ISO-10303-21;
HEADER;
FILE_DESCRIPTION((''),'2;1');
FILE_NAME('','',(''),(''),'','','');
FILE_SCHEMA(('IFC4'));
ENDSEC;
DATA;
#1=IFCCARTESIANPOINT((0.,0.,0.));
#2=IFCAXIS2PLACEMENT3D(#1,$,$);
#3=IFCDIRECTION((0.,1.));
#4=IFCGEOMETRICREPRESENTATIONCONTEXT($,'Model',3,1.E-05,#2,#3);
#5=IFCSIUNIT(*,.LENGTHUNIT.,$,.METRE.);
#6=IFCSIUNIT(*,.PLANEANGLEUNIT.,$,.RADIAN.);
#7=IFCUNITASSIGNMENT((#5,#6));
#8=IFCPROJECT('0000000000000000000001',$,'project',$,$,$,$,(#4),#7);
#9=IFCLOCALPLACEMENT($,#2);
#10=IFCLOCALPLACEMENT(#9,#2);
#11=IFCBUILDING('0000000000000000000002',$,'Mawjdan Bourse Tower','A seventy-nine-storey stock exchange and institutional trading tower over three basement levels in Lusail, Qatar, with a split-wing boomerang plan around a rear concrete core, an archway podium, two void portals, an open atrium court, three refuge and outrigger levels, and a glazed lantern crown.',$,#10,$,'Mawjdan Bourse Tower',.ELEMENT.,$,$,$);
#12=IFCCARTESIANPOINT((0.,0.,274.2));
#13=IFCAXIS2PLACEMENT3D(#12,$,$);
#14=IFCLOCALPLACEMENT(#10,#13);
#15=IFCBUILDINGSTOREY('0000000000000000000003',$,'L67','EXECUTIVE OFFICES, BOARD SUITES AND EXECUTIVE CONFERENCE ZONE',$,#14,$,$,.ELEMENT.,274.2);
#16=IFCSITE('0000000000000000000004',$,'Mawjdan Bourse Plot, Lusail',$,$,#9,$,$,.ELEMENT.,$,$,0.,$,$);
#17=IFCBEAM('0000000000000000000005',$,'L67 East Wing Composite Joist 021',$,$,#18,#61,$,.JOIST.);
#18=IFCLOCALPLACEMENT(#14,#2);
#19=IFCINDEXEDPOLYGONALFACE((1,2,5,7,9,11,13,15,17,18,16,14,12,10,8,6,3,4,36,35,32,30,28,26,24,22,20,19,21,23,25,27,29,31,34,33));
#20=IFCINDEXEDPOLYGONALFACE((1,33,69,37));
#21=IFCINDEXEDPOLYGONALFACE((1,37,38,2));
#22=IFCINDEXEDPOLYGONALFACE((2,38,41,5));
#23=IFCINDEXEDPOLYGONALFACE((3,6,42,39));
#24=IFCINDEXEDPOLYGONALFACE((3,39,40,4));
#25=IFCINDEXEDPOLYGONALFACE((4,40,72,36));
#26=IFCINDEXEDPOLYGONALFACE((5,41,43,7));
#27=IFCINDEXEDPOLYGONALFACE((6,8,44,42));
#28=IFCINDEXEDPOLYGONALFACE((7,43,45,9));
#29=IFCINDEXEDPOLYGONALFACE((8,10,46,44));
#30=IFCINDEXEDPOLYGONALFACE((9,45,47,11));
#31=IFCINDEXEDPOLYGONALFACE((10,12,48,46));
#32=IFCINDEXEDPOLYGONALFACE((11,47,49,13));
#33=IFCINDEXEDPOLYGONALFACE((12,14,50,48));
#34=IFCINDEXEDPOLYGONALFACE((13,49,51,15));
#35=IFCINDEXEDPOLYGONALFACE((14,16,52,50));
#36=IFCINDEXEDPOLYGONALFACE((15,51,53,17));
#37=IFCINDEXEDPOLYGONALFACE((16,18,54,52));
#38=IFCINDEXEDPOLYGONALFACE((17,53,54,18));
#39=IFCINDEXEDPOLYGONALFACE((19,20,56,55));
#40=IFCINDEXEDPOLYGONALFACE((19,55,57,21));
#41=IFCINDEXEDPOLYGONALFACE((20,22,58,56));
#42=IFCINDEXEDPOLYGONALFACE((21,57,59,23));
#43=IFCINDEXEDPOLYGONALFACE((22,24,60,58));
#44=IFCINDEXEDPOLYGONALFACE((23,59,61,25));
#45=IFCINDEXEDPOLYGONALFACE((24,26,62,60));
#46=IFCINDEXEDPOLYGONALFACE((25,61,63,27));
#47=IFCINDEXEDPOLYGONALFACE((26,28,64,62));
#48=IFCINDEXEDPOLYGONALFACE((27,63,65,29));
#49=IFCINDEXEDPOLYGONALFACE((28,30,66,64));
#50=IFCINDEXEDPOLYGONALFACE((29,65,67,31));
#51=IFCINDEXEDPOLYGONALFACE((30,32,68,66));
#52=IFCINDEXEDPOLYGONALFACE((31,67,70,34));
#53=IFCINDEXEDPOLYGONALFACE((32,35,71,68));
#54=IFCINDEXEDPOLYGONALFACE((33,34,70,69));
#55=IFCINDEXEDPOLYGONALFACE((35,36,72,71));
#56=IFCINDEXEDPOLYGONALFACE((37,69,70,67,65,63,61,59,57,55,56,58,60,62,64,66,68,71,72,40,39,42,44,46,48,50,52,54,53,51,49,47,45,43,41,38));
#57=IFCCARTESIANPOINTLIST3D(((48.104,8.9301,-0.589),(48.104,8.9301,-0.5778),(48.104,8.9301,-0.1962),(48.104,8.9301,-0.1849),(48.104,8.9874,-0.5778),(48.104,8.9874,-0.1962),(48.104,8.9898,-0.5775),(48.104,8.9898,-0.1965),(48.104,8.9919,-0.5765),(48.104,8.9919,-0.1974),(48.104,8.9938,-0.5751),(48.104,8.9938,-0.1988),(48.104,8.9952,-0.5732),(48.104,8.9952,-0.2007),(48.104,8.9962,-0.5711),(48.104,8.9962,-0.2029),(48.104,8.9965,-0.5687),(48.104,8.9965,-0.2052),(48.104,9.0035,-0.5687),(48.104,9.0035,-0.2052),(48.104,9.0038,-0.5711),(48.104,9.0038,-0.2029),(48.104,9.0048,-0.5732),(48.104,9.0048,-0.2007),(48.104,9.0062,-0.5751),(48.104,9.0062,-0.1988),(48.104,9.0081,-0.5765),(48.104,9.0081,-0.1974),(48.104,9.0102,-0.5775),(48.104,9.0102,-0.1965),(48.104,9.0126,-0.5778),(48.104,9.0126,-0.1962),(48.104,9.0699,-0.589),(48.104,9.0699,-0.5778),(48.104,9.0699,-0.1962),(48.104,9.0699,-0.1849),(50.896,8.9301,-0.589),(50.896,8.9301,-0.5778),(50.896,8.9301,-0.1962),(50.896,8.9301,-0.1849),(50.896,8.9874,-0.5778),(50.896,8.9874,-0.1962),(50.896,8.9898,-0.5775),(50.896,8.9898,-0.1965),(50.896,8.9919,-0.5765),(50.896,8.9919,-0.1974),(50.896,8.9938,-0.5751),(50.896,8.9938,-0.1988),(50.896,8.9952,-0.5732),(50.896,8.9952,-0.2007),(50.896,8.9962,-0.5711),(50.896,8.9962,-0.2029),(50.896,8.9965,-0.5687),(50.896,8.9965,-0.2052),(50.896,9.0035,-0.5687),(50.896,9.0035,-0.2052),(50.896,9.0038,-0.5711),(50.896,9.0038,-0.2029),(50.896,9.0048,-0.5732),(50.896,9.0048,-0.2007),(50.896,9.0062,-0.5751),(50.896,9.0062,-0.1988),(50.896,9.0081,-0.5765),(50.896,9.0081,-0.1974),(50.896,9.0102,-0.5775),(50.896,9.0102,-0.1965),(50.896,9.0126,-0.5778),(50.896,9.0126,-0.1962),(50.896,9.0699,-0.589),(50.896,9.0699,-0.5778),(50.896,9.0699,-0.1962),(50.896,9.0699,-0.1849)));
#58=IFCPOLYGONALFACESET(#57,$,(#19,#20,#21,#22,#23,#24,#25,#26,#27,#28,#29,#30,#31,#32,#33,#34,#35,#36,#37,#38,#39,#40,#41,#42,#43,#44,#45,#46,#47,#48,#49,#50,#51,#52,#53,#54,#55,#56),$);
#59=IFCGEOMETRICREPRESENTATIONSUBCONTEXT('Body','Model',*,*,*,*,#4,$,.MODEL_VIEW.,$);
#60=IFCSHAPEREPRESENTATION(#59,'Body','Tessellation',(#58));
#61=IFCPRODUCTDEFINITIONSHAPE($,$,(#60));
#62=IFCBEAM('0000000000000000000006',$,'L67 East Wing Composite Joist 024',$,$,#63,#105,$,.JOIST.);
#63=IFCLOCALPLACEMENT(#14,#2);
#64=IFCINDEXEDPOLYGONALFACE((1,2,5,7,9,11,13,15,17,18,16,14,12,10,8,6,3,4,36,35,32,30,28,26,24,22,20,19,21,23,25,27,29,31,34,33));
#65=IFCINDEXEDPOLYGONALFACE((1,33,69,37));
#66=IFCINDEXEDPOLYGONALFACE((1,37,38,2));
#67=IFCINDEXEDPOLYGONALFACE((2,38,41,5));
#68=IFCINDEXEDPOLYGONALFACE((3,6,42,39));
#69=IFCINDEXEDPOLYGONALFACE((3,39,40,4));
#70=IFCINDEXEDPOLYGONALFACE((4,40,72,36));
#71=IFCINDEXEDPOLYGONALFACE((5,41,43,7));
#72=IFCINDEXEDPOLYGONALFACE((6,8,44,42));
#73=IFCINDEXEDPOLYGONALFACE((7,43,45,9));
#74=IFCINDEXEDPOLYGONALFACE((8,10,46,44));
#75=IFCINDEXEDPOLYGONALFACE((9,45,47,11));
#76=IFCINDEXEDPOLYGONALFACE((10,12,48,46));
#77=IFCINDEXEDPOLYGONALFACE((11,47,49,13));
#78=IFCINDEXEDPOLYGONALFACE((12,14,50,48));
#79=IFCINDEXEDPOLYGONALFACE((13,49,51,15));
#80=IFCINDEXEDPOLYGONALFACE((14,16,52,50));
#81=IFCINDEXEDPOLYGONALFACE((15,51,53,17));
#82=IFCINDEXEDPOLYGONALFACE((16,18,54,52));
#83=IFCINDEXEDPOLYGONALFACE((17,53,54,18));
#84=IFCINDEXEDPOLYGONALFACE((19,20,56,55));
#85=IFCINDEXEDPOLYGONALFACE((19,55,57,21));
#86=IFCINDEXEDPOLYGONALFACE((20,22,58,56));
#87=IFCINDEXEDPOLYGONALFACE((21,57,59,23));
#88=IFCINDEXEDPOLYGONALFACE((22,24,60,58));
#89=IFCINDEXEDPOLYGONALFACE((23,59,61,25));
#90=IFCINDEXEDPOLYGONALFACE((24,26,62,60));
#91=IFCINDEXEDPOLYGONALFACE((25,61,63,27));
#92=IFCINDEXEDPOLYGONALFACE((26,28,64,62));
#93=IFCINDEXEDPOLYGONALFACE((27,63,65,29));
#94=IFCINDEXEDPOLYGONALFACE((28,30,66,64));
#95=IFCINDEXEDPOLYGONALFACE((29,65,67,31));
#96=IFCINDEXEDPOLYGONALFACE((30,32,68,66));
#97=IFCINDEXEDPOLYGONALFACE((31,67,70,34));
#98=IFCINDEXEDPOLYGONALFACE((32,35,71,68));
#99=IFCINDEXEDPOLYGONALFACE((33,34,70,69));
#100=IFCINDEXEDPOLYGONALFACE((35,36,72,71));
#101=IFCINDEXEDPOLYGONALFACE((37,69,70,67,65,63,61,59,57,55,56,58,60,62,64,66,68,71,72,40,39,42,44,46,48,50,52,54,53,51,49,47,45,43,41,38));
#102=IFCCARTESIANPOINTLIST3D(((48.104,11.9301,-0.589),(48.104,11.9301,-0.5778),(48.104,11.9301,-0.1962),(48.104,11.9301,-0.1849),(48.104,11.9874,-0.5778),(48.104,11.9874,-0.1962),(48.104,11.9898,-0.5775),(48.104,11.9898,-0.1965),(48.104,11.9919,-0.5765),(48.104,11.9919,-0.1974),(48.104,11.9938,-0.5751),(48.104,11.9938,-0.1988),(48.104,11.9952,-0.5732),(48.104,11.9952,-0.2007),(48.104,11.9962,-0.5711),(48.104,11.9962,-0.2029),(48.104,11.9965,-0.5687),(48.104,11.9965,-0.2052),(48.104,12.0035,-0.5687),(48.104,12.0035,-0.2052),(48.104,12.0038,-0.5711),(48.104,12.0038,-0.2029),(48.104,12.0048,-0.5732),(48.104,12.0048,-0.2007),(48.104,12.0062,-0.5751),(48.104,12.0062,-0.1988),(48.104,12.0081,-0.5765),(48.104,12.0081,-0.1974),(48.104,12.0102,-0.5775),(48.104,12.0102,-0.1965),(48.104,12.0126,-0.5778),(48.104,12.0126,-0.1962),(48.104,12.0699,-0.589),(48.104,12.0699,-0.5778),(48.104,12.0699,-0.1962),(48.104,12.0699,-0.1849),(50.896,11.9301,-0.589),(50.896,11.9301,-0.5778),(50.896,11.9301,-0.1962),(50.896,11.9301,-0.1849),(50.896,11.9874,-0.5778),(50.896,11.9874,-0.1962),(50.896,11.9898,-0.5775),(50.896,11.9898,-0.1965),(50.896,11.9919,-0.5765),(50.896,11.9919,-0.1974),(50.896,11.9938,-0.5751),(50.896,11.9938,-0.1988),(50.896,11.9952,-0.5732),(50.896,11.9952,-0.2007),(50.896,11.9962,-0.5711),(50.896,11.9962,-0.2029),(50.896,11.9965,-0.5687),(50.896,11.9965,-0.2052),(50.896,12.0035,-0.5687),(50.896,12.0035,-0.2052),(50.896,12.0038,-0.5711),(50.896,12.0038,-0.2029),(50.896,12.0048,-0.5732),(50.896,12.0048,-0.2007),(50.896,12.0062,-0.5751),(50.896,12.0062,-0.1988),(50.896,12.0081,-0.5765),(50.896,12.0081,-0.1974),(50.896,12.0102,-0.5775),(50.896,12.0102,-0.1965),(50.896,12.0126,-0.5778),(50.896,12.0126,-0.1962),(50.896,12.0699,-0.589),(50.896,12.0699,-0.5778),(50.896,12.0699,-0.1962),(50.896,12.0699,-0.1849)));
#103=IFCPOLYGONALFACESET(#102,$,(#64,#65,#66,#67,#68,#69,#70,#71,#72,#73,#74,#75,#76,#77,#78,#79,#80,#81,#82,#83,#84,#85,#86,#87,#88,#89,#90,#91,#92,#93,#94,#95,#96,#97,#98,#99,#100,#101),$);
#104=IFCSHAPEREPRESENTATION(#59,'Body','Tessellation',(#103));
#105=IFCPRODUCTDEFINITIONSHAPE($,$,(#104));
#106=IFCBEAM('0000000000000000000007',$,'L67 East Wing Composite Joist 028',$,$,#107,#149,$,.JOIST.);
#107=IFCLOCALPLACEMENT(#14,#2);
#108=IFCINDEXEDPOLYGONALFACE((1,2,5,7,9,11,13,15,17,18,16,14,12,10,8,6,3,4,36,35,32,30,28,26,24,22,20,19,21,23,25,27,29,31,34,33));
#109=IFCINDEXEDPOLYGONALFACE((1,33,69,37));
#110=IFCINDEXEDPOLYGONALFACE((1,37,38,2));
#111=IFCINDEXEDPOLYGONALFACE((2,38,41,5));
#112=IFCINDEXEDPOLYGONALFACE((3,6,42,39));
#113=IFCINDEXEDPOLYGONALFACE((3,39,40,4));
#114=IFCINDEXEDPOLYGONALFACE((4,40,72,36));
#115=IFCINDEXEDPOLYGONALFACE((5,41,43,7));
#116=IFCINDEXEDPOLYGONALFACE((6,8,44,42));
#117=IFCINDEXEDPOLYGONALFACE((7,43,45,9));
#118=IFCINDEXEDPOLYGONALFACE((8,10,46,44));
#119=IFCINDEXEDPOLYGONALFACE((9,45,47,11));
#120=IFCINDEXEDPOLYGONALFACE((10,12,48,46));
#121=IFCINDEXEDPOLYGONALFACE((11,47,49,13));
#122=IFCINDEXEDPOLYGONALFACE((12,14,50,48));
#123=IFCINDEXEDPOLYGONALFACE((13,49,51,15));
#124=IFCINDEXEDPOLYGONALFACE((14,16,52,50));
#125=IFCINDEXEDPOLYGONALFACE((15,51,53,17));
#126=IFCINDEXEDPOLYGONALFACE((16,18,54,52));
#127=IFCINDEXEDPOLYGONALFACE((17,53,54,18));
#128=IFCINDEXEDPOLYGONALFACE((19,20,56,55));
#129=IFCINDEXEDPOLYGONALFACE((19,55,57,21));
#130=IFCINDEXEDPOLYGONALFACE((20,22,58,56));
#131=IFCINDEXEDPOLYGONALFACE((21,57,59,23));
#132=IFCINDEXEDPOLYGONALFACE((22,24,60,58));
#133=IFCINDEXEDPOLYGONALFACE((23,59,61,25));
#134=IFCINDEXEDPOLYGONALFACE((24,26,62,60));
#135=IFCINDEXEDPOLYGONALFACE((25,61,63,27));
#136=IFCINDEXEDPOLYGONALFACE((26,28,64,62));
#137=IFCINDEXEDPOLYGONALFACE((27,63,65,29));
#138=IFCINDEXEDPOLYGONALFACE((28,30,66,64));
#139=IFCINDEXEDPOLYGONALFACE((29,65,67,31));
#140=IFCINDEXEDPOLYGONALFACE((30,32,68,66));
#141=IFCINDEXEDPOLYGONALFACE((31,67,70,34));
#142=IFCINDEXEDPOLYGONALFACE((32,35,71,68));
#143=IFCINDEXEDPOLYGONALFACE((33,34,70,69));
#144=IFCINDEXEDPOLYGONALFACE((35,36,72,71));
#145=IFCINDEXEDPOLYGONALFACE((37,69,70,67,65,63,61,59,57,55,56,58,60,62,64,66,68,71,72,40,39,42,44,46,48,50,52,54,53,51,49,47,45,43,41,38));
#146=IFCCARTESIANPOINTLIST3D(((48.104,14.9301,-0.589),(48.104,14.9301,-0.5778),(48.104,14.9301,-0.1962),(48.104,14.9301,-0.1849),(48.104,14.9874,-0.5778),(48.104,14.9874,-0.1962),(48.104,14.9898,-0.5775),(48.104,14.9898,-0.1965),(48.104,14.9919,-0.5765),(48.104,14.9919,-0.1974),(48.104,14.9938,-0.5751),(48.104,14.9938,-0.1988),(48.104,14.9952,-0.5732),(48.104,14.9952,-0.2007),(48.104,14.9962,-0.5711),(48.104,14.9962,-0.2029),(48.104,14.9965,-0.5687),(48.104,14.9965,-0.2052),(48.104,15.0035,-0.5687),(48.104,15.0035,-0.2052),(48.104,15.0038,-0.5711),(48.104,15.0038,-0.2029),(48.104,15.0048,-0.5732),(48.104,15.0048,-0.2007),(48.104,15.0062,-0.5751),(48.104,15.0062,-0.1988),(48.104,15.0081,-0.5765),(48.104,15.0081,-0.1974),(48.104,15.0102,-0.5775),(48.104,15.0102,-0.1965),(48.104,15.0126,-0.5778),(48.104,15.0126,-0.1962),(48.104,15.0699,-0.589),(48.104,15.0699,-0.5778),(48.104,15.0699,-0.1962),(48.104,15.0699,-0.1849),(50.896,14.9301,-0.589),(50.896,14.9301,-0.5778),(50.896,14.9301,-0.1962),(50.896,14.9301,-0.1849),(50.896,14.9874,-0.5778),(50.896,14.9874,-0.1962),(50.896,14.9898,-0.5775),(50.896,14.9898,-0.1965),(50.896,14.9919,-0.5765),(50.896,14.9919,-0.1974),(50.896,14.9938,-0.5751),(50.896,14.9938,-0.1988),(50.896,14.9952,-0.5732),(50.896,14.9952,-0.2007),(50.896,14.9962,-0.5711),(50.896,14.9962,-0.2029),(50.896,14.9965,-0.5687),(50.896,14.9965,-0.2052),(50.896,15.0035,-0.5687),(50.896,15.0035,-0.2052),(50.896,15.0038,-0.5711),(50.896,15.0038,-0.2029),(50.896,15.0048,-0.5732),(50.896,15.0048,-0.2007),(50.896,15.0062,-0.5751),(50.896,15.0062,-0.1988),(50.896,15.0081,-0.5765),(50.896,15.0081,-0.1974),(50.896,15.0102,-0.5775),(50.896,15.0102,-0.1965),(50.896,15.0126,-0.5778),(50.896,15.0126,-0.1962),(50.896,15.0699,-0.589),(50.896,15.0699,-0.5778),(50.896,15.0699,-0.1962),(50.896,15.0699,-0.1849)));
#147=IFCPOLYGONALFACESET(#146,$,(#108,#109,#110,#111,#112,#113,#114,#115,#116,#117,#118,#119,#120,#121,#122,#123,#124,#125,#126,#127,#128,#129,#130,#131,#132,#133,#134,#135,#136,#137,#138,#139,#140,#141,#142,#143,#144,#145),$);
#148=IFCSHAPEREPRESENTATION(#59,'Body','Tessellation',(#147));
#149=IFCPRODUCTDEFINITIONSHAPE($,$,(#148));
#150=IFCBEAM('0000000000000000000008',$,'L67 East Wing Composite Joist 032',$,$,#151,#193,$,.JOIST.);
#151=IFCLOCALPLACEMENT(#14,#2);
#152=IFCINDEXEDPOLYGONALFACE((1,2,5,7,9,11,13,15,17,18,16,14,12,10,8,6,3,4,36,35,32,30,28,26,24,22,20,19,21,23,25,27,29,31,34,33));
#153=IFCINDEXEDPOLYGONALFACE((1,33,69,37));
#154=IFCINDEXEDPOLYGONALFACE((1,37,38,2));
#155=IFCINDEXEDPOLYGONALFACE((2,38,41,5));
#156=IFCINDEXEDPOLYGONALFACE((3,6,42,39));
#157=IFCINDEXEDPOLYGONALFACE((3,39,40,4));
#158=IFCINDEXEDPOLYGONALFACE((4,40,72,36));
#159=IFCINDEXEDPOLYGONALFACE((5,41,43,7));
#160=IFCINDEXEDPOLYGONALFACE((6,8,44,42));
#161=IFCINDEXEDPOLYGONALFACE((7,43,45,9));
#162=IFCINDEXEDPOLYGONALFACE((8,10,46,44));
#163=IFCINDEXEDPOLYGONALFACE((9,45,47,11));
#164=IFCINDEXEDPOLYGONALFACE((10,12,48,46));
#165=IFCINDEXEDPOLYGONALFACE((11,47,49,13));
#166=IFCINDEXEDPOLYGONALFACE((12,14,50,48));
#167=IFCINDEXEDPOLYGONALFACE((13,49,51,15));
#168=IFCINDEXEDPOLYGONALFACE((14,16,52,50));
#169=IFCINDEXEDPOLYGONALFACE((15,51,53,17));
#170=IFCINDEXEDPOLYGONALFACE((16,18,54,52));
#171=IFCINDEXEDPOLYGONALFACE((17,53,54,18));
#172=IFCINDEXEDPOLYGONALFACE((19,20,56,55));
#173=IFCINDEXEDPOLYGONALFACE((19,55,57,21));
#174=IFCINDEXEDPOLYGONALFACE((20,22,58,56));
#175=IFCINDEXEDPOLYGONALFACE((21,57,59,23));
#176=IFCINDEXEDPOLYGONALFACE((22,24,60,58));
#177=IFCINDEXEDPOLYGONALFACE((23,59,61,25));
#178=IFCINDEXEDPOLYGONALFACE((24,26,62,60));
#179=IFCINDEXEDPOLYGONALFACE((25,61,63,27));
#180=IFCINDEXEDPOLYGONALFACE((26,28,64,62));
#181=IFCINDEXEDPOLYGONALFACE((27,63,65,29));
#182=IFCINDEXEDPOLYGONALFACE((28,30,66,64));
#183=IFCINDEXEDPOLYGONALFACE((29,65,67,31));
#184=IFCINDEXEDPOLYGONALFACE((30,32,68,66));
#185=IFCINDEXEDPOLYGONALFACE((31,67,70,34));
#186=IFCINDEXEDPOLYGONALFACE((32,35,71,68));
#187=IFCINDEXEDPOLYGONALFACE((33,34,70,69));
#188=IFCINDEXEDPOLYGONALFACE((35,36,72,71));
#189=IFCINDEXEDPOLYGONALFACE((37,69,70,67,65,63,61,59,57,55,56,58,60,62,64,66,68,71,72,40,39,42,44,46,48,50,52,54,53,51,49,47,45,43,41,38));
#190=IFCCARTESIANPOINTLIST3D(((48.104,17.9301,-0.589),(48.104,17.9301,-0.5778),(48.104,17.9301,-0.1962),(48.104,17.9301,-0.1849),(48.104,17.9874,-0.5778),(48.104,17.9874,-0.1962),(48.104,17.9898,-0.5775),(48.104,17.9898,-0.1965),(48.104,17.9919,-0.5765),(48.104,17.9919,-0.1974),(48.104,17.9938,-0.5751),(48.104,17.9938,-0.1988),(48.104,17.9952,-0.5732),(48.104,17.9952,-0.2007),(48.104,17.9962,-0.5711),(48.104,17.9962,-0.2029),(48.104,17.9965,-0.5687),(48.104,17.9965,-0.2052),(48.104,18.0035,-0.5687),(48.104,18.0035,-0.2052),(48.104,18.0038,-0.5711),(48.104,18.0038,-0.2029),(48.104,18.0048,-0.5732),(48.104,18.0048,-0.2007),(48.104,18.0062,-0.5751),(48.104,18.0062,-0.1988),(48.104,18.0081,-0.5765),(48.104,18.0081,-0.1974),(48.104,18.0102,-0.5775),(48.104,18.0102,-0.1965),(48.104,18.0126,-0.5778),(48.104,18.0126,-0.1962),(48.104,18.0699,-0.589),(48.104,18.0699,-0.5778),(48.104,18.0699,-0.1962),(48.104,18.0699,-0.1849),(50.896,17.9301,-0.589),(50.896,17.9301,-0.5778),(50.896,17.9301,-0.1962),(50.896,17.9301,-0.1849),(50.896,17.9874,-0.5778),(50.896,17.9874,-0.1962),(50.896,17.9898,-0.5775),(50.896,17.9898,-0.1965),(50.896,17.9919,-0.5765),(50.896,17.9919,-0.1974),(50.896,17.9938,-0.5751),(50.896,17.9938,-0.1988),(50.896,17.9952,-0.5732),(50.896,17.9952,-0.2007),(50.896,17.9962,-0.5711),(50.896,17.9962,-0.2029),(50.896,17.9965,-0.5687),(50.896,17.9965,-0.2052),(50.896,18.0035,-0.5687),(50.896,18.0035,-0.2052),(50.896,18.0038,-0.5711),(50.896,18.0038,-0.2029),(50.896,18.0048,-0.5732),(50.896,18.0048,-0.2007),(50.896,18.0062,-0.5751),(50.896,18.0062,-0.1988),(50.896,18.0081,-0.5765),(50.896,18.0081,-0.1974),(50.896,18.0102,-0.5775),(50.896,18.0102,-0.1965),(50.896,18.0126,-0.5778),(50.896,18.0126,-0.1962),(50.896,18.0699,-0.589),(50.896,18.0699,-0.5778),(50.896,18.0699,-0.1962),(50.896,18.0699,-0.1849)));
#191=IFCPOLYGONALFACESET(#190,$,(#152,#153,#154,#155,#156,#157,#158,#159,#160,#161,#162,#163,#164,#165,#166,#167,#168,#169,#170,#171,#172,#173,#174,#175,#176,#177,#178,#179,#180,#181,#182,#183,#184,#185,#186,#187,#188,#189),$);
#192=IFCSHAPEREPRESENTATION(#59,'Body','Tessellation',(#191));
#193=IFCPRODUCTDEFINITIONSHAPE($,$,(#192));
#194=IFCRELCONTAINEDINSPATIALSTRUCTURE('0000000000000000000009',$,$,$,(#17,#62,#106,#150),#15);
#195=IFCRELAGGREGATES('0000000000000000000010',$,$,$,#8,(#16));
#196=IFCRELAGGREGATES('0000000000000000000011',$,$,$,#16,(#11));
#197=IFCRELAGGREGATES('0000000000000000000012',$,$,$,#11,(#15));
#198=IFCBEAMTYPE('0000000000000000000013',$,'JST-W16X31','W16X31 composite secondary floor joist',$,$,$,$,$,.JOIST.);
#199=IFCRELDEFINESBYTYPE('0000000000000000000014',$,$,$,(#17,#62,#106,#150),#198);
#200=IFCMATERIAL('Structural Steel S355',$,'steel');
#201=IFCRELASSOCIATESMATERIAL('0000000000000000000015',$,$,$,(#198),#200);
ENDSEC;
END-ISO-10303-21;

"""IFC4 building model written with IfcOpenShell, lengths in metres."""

from ifc_helpers import new_model, si_unit, direction, frame, origin, origin_2d, place, context, subcontext, project, spatial, i_section, extrude, material, material_profile, profile_set, type_object, element, save


model = new_model("IFC4")

# Units and contexts
model_context = context("Model", 3, precision=1e-05, world=origin(), true_north=direction((0.0, 1.0)))
body_context = subcontext(model_context, "Body", "Model", "MODEL_VIEW")
ifc_project = project(units=[si_unit("LENGTHUNIT", "METRE"), si_unit("PLANEANGLEUNIT", "RADIAN")], contexts=[model_context])

# Site, building, storey
site_placement = place(None, origin())
site = spatial("IfcSite", under=ifc_project, at=site_placement, Name="Mawjdan Bourse Plot, Lusail", CompositionType="ELEMENT", RefElevation=0.0)
building_placement = place(site_placement, origin())
building = spatial("IfcBuilding", under=site, at=building_placement, Name="Mawjdan Bourse Tower", Description="A seventy-nine-storey stock exchange and institutional trading tower over three basement levels in Lusail, Qatar, with a split-wing boomerang plan around a rear concrete core, an archway podium, two void portals, an open atrium court, three refuge and outrigger levels, and a glazed lantern crown.", LongName="Mawjdan Bourse Tower", CompositionType="ELEMENT")
storey_placement = place(building_placement, frame((0.0, 0.0, 274.2)))
storey = spatial("IfcBuildingStorey", under=building, at=storey_placement, Name="L67", Description="EXECUTIVE OFFICES, BOARD SUITES AND EXECUTIVE CONFERENCE ZONE", CompositionType="ELEMENT", Elevation=274.2)

# Beams
ifc_material_1 = material(Name="Structural Steel S355", Category="steel")
ifc_material_profile_1 = material_profile(ifc_material_1, i_section(OverallWidth=0.1399, OverallDepth=0.4041, WebThickness=0.0071, FlangeThickness=0.0112, FilletRadius=0.009, at=origin_2d()), Name="W16X31")
ifc_profile_set_1 = profile_set([ifc_material_profile_1], Name="Structural Steel S355")
beam_type_1 = type_object("IfcBeamType", Name="JST-W16X31", Description="W16X31 composite secondary floor joist", PredefinedType="JOIST", material=ifc_profile_set_1)
for number, where, z_axis, x_axis, name in (
    (1, (48.104, 9.0, -0.387), (1.0, 0.0, 0.0), (0.0, 1.0, 0.0), "L67 East Wing Composite Joist 021"),
    (2, (48.104, 12.0, -0.387), (1.0, 0.0, 0.0), (0.0, 1.0, 0.0), "L67 East Wing Composite Joist 024"),
    (3, (48.104, 15.0, -0.387), (1.0, 0.0, 0.0), (0.0, 1.0, 0.0), "L67 East Wing Composite Joist 028"),
    (4, (48.104, 18.0, -0.387), (1.0, 0.0, 0.0), (0.0, 1.0, 0.0), "L67 East Wing Composite Joist 032"),
):
    element("IfcBeam", number, at=place(storey_placement, frame(where, z_axis=z_axis, x_axis=x_axis)), inside=storey, type_object=beam_type_1, Name=name, PredefinedType="JOIST", context=body_context, shape_type="SweptSolid", body=[
        extrude(i_section(OverallWidth=0.1399, OverallDepth=0.4041, WebThickness=0.0071, FlangeThickness=0.0112, FilletRadius=0.009, at=origin_2d()), origin(), (0.0, 0.0, 1.0), 2.792),
    ])

save(model, "model.ifc")
